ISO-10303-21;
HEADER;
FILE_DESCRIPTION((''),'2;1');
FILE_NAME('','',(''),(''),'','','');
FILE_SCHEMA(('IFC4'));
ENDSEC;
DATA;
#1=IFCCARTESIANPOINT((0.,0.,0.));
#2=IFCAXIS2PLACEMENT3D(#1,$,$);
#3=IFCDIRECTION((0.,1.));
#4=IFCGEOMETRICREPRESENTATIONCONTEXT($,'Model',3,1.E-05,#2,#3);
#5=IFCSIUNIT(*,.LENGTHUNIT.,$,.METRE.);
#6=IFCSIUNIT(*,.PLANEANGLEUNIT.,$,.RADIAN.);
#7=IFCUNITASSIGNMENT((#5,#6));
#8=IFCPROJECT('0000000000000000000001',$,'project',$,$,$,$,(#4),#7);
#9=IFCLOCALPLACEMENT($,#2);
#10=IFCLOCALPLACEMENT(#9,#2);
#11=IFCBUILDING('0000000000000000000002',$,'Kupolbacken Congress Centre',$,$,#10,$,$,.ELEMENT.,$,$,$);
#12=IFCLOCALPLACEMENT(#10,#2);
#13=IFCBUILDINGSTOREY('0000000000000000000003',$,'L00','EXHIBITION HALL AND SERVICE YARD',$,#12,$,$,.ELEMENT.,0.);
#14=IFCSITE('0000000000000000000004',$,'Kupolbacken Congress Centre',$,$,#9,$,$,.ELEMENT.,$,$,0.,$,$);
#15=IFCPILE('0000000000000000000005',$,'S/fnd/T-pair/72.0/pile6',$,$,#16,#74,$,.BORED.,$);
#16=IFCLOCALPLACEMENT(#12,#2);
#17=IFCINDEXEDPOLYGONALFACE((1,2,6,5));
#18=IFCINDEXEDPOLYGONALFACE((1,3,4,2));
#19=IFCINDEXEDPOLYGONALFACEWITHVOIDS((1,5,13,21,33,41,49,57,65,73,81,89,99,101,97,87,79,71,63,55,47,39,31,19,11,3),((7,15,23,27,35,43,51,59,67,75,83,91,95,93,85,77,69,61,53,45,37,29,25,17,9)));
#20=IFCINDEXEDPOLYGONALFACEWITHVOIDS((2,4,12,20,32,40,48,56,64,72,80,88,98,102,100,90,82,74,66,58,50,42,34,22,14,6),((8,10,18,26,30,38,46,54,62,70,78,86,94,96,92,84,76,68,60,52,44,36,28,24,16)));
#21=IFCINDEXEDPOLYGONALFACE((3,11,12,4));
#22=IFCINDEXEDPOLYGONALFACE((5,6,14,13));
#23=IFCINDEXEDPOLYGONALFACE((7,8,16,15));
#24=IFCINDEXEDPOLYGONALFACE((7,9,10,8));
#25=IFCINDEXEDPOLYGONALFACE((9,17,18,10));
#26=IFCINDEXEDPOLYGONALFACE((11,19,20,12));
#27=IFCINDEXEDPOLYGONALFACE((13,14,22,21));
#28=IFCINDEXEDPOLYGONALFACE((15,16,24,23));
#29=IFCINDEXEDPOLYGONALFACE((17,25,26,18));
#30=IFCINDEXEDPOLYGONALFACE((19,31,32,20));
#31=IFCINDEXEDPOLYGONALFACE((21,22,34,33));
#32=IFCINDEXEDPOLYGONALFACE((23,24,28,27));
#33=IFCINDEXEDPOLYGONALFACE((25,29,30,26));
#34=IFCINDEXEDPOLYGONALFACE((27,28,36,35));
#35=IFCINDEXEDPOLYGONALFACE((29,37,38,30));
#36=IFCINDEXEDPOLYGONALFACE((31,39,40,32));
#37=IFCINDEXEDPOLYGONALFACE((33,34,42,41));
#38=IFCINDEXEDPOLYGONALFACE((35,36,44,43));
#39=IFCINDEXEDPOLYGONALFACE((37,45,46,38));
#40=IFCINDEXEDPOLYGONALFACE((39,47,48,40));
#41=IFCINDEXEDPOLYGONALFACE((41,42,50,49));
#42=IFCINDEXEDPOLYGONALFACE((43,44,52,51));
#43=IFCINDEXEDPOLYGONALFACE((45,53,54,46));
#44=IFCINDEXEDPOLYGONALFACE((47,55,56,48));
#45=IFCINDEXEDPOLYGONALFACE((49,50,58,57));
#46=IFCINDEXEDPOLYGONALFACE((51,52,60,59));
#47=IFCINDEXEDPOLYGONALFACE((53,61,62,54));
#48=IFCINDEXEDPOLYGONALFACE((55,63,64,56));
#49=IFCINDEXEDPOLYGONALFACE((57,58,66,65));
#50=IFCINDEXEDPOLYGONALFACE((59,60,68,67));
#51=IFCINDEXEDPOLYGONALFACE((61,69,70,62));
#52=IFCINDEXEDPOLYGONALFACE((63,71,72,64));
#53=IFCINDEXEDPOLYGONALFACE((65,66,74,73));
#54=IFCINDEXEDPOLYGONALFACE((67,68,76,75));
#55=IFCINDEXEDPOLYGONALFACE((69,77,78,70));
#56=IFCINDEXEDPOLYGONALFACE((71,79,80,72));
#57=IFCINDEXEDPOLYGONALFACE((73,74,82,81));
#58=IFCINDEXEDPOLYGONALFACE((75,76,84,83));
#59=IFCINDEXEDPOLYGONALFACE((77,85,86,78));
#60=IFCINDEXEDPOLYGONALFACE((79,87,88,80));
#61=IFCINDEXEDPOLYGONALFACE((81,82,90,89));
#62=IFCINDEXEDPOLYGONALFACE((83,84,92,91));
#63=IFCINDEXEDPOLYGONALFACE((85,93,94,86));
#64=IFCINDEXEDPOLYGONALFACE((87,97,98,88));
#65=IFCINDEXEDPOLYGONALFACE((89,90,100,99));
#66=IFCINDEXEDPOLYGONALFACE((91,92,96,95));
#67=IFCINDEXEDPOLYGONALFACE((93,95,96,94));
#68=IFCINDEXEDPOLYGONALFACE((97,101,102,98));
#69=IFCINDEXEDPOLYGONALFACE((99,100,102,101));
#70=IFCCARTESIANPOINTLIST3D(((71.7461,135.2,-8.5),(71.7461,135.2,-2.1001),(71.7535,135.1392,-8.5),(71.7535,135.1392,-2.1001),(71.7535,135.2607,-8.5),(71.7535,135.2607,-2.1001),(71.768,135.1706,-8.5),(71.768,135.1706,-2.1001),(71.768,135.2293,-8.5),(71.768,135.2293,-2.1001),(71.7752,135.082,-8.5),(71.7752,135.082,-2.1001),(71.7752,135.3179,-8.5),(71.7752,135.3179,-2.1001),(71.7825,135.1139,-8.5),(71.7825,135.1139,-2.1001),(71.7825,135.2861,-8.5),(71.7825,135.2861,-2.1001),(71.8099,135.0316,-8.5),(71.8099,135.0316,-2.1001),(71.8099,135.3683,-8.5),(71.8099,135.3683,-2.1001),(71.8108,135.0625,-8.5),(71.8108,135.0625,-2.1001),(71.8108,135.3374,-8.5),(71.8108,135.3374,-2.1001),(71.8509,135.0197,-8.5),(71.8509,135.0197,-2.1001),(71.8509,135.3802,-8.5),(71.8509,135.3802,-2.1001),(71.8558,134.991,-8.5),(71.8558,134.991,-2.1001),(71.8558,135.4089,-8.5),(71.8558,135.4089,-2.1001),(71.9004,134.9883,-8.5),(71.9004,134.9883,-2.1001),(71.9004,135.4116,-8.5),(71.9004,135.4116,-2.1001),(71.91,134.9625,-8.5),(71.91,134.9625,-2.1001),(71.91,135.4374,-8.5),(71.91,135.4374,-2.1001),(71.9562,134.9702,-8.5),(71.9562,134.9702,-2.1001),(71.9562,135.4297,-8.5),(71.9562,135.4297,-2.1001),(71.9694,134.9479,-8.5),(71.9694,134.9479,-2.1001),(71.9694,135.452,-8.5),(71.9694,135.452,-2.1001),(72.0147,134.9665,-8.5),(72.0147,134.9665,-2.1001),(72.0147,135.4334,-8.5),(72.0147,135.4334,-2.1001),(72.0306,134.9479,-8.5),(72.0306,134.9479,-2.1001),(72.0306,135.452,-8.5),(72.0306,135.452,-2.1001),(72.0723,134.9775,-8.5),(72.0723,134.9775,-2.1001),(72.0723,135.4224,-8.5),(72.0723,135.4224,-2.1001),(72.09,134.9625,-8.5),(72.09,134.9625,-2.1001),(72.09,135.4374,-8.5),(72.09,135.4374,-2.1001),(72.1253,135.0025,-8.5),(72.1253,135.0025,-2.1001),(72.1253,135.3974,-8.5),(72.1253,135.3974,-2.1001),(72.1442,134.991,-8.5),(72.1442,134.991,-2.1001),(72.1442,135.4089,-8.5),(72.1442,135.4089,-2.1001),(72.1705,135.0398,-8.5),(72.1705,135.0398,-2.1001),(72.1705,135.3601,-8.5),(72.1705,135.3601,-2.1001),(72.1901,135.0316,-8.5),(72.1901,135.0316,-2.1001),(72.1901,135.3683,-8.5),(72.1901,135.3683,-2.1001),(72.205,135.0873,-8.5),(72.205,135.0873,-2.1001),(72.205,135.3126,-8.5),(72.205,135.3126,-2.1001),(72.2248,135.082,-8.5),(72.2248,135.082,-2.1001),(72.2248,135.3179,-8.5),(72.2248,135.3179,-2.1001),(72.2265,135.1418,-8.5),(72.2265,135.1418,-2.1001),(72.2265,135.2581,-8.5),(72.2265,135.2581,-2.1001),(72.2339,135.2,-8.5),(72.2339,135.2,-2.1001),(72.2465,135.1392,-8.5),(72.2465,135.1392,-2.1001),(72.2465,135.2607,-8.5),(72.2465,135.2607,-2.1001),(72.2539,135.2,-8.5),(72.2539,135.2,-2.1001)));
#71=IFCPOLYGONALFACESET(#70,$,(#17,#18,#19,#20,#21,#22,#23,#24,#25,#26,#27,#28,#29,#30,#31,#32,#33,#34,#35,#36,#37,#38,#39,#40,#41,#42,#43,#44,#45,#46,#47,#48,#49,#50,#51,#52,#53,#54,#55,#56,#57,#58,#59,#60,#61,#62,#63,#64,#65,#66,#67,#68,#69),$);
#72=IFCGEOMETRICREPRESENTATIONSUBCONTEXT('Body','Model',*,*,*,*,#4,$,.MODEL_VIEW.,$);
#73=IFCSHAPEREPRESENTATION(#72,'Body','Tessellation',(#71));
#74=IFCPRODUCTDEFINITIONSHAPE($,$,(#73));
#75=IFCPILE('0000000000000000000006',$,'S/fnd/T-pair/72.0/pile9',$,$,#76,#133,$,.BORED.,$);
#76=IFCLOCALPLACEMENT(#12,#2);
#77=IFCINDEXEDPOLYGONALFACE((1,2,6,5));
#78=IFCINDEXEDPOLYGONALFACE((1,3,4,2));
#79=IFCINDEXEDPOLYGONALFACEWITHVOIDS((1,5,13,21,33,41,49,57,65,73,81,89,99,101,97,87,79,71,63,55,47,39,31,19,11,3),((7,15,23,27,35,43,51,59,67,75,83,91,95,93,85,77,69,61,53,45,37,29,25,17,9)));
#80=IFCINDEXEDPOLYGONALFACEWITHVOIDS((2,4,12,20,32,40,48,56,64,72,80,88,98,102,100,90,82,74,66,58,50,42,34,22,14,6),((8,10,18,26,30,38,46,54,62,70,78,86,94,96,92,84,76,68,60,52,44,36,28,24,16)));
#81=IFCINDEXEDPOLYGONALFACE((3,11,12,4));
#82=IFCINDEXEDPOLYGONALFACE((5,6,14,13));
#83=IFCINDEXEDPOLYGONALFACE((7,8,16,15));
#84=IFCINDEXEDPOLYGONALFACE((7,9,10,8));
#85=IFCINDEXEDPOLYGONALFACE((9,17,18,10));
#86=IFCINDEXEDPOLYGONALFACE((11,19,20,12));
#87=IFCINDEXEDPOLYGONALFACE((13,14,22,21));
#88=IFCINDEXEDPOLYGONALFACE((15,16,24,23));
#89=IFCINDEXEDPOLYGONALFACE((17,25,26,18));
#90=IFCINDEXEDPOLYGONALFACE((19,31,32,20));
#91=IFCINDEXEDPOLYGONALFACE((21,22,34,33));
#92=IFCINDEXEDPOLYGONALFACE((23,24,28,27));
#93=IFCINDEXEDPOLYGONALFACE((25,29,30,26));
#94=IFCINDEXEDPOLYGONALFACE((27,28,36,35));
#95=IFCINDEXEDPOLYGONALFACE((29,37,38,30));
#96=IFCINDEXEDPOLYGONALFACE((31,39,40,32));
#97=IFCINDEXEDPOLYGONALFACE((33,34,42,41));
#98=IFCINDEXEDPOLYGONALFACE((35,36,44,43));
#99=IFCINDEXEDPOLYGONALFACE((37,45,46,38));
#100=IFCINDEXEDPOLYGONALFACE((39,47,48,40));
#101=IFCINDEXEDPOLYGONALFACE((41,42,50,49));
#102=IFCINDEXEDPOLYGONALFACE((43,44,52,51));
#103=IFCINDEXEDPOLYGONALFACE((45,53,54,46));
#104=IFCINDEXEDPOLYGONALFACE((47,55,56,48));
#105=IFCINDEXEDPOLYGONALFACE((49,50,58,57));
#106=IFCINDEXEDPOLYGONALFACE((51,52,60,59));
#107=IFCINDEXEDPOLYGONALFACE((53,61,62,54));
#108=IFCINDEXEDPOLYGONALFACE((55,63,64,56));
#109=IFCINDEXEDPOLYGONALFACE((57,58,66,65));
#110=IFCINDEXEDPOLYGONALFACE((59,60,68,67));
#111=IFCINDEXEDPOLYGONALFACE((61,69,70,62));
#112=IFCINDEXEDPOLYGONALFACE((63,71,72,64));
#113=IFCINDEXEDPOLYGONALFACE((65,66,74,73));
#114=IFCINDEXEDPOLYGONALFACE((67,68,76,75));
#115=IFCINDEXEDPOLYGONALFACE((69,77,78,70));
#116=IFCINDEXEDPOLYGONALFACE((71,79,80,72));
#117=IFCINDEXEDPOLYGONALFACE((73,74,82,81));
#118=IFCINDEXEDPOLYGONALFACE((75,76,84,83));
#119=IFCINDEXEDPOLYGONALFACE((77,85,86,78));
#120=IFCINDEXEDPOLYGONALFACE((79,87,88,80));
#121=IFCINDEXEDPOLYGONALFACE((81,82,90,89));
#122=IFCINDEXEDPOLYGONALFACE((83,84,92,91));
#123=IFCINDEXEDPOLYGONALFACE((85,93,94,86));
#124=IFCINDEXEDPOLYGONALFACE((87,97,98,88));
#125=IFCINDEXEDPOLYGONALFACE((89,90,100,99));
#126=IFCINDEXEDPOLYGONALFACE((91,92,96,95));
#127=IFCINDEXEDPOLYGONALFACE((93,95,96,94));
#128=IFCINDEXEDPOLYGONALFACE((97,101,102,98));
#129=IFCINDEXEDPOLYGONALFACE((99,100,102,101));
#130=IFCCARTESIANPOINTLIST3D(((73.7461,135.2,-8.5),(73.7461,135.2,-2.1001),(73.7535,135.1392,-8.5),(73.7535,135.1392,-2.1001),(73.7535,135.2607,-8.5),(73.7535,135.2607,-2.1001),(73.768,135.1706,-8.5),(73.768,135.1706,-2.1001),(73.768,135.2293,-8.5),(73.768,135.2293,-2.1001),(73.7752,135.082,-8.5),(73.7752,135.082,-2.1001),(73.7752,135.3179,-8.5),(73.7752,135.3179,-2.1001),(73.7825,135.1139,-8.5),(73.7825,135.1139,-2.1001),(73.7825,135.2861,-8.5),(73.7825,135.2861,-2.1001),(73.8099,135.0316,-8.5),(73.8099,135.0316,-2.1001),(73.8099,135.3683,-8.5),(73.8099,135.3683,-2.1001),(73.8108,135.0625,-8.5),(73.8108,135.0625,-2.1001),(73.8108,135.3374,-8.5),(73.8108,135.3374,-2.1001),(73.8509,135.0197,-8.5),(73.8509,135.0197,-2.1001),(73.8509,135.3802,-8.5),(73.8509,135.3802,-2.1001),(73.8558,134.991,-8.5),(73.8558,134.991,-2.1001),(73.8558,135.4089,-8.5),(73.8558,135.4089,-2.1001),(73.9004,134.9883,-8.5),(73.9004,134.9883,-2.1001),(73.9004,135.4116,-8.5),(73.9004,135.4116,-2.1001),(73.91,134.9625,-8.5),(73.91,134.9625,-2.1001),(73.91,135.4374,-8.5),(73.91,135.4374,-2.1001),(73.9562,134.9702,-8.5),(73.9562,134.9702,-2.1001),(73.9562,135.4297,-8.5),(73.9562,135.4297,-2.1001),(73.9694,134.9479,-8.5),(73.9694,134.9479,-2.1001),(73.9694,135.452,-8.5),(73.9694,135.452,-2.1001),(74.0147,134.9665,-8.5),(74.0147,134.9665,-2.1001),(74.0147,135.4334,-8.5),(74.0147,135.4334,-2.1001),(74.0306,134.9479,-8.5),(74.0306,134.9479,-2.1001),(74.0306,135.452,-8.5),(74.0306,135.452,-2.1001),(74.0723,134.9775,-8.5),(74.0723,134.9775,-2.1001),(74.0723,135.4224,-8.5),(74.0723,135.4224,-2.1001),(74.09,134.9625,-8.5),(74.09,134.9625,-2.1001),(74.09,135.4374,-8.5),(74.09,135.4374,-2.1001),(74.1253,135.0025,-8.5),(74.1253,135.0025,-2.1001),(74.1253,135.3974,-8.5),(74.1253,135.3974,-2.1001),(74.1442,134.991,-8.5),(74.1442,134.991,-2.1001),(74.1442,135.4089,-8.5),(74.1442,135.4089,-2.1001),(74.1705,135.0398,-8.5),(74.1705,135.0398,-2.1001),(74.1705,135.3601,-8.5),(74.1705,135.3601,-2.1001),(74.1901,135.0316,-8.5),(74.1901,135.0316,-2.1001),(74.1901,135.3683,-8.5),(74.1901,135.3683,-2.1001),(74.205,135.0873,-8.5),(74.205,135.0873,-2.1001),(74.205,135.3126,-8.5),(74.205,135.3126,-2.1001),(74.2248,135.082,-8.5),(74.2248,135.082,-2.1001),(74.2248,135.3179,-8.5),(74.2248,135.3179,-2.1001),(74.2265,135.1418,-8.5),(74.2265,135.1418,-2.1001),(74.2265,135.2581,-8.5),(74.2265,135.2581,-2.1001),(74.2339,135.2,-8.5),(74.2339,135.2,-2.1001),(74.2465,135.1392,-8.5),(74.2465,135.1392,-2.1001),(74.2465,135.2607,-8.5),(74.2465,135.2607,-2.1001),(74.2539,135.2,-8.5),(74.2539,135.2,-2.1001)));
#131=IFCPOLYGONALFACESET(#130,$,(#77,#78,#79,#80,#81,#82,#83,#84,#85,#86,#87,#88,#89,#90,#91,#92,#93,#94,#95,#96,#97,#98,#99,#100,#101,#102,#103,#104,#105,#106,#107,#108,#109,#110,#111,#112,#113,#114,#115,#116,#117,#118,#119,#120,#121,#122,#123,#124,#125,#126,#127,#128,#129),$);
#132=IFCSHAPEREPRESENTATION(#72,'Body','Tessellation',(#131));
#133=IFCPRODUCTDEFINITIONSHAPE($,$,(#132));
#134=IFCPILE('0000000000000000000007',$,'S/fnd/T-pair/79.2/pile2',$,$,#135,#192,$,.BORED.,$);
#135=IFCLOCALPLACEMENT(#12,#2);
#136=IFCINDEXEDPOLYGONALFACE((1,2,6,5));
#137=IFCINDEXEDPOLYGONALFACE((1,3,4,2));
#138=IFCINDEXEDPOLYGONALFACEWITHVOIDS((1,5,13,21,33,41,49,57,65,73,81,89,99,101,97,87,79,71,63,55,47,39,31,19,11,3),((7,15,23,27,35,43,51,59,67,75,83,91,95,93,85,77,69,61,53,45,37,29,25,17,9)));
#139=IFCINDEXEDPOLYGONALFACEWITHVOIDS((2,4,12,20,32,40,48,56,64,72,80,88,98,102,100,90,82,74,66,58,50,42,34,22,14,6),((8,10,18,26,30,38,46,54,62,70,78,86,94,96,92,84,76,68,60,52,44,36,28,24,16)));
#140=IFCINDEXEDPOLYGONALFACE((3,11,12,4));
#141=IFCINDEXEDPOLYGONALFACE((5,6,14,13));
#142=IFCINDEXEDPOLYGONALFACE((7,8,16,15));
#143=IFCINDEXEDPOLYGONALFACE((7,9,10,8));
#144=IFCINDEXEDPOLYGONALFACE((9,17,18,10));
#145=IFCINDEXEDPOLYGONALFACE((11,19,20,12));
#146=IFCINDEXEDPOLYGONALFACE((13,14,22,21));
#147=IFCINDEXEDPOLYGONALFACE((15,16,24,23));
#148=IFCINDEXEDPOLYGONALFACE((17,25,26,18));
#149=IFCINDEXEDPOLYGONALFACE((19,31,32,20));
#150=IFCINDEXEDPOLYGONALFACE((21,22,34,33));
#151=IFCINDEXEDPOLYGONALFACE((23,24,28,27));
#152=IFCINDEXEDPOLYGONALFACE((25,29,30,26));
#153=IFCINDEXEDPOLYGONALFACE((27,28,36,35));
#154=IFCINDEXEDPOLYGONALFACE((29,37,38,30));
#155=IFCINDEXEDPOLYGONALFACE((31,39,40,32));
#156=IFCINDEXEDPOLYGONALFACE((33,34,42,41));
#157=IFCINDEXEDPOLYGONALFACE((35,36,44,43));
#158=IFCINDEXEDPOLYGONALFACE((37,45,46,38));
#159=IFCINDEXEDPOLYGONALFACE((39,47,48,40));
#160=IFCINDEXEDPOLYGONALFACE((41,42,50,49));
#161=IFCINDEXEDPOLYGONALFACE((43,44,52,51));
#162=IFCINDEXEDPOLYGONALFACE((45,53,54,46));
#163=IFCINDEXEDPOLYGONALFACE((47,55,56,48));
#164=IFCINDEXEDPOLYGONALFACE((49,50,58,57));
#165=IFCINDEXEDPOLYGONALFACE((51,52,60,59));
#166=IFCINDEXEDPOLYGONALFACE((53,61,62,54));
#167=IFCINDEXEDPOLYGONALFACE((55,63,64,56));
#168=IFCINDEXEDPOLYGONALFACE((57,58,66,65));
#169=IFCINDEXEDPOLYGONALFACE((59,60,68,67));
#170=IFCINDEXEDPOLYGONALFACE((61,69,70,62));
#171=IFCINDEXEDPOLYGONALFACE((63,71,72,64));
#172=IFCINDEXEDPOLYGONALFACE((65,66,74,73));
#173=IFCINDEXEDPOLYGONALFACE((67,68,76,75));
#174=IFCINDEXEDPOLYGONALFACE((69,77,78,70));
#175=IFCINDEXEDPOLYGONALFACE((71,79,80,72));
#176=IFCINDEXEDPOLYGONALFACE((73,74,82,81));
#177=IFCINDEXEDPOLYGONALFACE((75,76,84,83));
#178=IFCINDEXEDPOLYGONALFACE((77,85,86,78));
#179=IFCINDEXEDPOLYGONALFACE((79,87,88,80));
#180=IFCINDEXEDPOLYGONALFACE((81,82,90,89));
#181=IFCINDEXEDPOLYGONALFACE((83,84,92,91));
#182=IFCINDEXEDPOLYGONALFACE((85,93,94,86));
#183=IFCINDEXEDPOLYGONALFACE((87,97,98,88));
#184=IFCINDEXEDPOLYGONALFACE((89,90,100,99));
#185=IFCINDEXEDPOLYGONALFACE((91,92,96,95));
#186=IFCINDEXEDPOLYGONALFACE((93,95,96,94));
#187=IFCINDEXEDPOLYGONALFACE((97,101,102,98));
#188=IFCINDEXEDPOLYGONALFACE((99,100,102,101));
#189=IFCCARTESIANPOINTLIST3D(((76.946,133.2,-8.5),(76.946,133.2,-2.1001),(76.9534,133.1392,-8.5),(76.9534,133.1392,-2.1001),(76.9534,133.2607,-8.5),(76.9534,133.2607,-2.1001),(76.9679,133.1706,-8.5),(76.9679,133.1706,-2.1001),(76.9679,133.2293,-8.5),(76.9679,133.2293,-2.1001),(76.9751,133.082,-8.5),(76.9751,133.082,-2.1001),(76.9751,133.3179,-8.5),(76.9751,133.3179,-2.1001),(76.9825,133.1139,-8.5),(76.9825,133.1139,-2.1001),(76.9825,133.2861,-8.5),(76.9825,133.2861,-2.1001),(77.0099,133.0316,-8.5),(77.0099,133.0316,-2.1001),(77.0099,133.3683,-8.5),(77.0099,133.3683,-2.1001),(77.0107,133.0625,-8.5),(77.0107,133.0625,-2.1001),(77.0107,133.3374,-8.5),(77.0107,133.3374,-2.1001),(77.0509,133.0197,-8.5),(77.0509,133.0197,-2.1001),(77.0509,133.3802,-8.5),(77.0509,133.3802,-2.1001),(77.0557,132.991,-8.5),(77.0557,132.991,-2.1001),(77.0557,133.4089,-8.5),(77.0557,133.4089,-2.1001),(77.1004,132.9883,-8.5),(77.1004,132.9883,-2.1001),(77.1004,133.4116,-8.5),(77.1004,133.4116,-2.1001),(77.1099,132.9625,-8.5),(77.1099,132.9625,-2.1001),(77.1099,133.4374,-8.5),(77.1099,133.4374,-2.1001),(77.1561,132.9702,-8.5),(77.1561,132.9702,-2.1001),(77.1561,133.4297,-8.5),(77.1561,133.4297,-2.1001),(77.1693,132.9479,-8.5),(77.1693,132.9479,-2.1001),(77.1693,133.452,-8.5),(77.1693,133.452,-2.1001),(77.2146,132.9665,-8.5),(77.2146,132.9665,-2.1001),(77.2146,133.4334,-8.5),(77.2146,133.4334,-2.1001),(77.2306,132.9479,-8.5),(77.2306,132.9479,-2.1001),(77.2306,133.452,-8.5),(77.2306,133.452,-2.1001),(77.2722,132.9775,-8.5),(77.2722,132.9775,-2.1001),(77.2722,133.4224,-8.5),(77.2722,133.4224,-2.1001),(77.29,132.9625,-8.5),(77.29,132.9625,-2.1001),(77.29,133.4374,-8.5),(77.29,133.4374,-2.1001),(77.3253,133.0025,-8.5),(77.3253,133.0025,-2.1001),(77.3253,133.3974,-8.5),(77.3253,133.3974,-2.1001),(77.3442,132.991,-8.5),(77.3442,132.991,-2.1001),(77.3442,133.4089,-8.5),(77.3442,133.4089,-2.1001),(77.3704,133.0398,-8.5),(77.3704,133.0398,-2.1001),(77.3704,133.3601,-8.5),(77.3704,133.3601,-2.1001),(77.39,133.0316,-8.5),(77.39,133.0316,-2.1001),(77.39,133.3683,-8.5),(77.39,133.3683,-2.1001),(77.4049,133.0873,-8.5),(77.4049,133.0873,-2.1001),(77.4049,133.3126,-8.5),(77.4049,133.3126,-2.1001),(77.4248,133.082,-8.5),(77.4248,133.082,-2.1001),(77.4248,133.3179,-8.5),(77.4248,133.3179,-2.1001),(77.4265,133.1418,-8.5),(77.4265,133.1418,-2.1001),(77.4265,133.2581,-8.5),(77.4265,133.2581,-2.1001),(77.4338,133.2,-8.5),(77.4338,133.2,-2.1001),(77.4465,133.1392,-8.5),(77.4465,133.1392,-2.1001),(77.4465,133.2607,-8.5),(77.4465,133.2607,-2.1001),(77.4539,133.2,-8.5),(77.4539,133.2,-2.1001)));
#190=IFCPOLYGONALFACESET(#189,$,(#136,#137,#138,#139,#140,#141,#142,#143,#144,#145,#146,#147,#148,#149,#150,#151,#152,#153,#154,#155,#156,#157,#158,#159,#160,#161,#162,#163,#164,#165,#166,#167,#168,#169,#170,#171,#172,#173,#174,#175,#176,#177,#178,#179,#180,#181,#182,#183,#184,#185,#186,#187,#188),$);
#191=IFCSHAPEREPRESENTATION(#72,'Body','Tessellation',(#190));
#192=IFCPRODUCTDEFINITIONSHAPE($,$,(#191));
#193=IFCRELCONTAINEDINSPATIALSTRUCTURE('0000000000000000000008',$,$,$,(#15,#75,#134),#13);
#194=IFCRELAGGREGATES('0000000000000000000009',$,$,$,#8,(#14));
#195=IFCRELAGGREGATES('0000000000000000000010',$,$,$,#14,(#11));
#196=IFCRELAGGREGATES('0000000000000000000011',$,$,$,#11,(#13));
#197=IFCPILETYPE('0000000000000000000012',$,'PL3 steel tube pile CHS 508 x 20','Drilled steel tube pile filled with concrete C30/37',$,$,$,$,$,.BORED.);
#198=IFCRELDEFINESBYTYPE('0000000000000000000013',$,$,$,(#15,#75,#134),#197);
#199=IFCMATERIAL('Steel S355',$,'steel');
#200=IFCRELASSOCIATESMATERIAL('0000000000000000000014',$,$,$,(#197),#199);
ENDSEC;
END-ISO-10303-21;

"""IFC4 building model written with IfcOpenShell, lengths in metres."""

from ifc_helpers import new_model, si_unit, direction, frame, origin, origin_2d, place, context, subcontext, project, spatial, hollow_circle, extrude, material, material_profile, profile_set, type_object, element, save


model = new_model("IFC4")

# Units and contexts
model_context = context("Model", 3, precision=1e-05, world=origin(), true_north=direction((0.0, 1.0)))
body_context = subcontext(model_context, "Body", "Model", "MODEL_VIEW")
ifc_project = project(units=[si_unit("LENGTHUNIT", "METRE"), si_unit("PLANEANGLEUNIT", "RADIAN")], contexts=[model_context])

# Site, building, storey
site_placement = place(None, origin())
site = spatial("IfcSite", under=ifc_project, at=site_placement, Name="Kupolbacken Congress Centre", CompositionType="ELEMENT", RefElevation=0.0)
building_placement = place(site_placement, origin())
building = spatial("IfcBuilding", under=site, at=building_placement, Name="Kupolbacken Congress Centre", CompositionType="ELEMENT")
storey_placement = place(building_placement, origin())
storey = spatial("IfcBuildingStorey", under=building, at=storey_placement, Name="L00", Description="EXHIBITION HALL AND SERVICE YARD", CompositionType="ELEMENT", Elevation=0.0)

# Piles
ifc_material_1 = material(Name="Steel S355", Category="steel")
ifc_material_profile_1 = material_profile(ifc_material_1, hollow_circle(Radius=0.2539, WallThickness=0.02, at=origin_2d()), Name="CHS 508 x 20")
ifc_profile_set_1 = profile_set([ifc_material_profile_1], Name="Steel S355")
pile_type = type_object("IfcPileType", Name="PL3 steel tube pile CHS 508 x 20", Description="Drilled steel tube pile filled with concrete C30/37", PredefinedType="BORED", material=ifc_profile_set_1)
for number, where, z_axis, x_axis, name in (
    (1, (72.0, 135.2, -2.1001), (0.0, 0.0, -1.0), (1.0, 0.0, 0.0), "S/fnd/T-pair/72.0/pile6"),
    (2, (74.0, 135.2, -2.1001), (0.0, 0.0, -1.0), (1.0, 0.0, 0.0), "S/fnd/T-pair/72.0/pile9"),
    (3, (77.2, 133.2, -2.1001), (0.0, 0.0, -1.0), (1.0, 0.0, 0.0), "S/fnd/T-pair/79.2/pile2"),
):
    element("IfcPile", number, at=place(storey_placement, frame(where, z_axis=z_axis, x_axis=x_axis)), inside=storey, type_object=pile_type, Name=name, PredefinedType="BORED", context=body_context, shape_type="SweptSolid", body=[
        extrude(hollow_circle(Radius=0.2539, WallThickness=0.02, at=origin_2d()), origin(), (0.0, 0.0, 1.0), 6.3999),
    ])

save(model, "model.ifc")
